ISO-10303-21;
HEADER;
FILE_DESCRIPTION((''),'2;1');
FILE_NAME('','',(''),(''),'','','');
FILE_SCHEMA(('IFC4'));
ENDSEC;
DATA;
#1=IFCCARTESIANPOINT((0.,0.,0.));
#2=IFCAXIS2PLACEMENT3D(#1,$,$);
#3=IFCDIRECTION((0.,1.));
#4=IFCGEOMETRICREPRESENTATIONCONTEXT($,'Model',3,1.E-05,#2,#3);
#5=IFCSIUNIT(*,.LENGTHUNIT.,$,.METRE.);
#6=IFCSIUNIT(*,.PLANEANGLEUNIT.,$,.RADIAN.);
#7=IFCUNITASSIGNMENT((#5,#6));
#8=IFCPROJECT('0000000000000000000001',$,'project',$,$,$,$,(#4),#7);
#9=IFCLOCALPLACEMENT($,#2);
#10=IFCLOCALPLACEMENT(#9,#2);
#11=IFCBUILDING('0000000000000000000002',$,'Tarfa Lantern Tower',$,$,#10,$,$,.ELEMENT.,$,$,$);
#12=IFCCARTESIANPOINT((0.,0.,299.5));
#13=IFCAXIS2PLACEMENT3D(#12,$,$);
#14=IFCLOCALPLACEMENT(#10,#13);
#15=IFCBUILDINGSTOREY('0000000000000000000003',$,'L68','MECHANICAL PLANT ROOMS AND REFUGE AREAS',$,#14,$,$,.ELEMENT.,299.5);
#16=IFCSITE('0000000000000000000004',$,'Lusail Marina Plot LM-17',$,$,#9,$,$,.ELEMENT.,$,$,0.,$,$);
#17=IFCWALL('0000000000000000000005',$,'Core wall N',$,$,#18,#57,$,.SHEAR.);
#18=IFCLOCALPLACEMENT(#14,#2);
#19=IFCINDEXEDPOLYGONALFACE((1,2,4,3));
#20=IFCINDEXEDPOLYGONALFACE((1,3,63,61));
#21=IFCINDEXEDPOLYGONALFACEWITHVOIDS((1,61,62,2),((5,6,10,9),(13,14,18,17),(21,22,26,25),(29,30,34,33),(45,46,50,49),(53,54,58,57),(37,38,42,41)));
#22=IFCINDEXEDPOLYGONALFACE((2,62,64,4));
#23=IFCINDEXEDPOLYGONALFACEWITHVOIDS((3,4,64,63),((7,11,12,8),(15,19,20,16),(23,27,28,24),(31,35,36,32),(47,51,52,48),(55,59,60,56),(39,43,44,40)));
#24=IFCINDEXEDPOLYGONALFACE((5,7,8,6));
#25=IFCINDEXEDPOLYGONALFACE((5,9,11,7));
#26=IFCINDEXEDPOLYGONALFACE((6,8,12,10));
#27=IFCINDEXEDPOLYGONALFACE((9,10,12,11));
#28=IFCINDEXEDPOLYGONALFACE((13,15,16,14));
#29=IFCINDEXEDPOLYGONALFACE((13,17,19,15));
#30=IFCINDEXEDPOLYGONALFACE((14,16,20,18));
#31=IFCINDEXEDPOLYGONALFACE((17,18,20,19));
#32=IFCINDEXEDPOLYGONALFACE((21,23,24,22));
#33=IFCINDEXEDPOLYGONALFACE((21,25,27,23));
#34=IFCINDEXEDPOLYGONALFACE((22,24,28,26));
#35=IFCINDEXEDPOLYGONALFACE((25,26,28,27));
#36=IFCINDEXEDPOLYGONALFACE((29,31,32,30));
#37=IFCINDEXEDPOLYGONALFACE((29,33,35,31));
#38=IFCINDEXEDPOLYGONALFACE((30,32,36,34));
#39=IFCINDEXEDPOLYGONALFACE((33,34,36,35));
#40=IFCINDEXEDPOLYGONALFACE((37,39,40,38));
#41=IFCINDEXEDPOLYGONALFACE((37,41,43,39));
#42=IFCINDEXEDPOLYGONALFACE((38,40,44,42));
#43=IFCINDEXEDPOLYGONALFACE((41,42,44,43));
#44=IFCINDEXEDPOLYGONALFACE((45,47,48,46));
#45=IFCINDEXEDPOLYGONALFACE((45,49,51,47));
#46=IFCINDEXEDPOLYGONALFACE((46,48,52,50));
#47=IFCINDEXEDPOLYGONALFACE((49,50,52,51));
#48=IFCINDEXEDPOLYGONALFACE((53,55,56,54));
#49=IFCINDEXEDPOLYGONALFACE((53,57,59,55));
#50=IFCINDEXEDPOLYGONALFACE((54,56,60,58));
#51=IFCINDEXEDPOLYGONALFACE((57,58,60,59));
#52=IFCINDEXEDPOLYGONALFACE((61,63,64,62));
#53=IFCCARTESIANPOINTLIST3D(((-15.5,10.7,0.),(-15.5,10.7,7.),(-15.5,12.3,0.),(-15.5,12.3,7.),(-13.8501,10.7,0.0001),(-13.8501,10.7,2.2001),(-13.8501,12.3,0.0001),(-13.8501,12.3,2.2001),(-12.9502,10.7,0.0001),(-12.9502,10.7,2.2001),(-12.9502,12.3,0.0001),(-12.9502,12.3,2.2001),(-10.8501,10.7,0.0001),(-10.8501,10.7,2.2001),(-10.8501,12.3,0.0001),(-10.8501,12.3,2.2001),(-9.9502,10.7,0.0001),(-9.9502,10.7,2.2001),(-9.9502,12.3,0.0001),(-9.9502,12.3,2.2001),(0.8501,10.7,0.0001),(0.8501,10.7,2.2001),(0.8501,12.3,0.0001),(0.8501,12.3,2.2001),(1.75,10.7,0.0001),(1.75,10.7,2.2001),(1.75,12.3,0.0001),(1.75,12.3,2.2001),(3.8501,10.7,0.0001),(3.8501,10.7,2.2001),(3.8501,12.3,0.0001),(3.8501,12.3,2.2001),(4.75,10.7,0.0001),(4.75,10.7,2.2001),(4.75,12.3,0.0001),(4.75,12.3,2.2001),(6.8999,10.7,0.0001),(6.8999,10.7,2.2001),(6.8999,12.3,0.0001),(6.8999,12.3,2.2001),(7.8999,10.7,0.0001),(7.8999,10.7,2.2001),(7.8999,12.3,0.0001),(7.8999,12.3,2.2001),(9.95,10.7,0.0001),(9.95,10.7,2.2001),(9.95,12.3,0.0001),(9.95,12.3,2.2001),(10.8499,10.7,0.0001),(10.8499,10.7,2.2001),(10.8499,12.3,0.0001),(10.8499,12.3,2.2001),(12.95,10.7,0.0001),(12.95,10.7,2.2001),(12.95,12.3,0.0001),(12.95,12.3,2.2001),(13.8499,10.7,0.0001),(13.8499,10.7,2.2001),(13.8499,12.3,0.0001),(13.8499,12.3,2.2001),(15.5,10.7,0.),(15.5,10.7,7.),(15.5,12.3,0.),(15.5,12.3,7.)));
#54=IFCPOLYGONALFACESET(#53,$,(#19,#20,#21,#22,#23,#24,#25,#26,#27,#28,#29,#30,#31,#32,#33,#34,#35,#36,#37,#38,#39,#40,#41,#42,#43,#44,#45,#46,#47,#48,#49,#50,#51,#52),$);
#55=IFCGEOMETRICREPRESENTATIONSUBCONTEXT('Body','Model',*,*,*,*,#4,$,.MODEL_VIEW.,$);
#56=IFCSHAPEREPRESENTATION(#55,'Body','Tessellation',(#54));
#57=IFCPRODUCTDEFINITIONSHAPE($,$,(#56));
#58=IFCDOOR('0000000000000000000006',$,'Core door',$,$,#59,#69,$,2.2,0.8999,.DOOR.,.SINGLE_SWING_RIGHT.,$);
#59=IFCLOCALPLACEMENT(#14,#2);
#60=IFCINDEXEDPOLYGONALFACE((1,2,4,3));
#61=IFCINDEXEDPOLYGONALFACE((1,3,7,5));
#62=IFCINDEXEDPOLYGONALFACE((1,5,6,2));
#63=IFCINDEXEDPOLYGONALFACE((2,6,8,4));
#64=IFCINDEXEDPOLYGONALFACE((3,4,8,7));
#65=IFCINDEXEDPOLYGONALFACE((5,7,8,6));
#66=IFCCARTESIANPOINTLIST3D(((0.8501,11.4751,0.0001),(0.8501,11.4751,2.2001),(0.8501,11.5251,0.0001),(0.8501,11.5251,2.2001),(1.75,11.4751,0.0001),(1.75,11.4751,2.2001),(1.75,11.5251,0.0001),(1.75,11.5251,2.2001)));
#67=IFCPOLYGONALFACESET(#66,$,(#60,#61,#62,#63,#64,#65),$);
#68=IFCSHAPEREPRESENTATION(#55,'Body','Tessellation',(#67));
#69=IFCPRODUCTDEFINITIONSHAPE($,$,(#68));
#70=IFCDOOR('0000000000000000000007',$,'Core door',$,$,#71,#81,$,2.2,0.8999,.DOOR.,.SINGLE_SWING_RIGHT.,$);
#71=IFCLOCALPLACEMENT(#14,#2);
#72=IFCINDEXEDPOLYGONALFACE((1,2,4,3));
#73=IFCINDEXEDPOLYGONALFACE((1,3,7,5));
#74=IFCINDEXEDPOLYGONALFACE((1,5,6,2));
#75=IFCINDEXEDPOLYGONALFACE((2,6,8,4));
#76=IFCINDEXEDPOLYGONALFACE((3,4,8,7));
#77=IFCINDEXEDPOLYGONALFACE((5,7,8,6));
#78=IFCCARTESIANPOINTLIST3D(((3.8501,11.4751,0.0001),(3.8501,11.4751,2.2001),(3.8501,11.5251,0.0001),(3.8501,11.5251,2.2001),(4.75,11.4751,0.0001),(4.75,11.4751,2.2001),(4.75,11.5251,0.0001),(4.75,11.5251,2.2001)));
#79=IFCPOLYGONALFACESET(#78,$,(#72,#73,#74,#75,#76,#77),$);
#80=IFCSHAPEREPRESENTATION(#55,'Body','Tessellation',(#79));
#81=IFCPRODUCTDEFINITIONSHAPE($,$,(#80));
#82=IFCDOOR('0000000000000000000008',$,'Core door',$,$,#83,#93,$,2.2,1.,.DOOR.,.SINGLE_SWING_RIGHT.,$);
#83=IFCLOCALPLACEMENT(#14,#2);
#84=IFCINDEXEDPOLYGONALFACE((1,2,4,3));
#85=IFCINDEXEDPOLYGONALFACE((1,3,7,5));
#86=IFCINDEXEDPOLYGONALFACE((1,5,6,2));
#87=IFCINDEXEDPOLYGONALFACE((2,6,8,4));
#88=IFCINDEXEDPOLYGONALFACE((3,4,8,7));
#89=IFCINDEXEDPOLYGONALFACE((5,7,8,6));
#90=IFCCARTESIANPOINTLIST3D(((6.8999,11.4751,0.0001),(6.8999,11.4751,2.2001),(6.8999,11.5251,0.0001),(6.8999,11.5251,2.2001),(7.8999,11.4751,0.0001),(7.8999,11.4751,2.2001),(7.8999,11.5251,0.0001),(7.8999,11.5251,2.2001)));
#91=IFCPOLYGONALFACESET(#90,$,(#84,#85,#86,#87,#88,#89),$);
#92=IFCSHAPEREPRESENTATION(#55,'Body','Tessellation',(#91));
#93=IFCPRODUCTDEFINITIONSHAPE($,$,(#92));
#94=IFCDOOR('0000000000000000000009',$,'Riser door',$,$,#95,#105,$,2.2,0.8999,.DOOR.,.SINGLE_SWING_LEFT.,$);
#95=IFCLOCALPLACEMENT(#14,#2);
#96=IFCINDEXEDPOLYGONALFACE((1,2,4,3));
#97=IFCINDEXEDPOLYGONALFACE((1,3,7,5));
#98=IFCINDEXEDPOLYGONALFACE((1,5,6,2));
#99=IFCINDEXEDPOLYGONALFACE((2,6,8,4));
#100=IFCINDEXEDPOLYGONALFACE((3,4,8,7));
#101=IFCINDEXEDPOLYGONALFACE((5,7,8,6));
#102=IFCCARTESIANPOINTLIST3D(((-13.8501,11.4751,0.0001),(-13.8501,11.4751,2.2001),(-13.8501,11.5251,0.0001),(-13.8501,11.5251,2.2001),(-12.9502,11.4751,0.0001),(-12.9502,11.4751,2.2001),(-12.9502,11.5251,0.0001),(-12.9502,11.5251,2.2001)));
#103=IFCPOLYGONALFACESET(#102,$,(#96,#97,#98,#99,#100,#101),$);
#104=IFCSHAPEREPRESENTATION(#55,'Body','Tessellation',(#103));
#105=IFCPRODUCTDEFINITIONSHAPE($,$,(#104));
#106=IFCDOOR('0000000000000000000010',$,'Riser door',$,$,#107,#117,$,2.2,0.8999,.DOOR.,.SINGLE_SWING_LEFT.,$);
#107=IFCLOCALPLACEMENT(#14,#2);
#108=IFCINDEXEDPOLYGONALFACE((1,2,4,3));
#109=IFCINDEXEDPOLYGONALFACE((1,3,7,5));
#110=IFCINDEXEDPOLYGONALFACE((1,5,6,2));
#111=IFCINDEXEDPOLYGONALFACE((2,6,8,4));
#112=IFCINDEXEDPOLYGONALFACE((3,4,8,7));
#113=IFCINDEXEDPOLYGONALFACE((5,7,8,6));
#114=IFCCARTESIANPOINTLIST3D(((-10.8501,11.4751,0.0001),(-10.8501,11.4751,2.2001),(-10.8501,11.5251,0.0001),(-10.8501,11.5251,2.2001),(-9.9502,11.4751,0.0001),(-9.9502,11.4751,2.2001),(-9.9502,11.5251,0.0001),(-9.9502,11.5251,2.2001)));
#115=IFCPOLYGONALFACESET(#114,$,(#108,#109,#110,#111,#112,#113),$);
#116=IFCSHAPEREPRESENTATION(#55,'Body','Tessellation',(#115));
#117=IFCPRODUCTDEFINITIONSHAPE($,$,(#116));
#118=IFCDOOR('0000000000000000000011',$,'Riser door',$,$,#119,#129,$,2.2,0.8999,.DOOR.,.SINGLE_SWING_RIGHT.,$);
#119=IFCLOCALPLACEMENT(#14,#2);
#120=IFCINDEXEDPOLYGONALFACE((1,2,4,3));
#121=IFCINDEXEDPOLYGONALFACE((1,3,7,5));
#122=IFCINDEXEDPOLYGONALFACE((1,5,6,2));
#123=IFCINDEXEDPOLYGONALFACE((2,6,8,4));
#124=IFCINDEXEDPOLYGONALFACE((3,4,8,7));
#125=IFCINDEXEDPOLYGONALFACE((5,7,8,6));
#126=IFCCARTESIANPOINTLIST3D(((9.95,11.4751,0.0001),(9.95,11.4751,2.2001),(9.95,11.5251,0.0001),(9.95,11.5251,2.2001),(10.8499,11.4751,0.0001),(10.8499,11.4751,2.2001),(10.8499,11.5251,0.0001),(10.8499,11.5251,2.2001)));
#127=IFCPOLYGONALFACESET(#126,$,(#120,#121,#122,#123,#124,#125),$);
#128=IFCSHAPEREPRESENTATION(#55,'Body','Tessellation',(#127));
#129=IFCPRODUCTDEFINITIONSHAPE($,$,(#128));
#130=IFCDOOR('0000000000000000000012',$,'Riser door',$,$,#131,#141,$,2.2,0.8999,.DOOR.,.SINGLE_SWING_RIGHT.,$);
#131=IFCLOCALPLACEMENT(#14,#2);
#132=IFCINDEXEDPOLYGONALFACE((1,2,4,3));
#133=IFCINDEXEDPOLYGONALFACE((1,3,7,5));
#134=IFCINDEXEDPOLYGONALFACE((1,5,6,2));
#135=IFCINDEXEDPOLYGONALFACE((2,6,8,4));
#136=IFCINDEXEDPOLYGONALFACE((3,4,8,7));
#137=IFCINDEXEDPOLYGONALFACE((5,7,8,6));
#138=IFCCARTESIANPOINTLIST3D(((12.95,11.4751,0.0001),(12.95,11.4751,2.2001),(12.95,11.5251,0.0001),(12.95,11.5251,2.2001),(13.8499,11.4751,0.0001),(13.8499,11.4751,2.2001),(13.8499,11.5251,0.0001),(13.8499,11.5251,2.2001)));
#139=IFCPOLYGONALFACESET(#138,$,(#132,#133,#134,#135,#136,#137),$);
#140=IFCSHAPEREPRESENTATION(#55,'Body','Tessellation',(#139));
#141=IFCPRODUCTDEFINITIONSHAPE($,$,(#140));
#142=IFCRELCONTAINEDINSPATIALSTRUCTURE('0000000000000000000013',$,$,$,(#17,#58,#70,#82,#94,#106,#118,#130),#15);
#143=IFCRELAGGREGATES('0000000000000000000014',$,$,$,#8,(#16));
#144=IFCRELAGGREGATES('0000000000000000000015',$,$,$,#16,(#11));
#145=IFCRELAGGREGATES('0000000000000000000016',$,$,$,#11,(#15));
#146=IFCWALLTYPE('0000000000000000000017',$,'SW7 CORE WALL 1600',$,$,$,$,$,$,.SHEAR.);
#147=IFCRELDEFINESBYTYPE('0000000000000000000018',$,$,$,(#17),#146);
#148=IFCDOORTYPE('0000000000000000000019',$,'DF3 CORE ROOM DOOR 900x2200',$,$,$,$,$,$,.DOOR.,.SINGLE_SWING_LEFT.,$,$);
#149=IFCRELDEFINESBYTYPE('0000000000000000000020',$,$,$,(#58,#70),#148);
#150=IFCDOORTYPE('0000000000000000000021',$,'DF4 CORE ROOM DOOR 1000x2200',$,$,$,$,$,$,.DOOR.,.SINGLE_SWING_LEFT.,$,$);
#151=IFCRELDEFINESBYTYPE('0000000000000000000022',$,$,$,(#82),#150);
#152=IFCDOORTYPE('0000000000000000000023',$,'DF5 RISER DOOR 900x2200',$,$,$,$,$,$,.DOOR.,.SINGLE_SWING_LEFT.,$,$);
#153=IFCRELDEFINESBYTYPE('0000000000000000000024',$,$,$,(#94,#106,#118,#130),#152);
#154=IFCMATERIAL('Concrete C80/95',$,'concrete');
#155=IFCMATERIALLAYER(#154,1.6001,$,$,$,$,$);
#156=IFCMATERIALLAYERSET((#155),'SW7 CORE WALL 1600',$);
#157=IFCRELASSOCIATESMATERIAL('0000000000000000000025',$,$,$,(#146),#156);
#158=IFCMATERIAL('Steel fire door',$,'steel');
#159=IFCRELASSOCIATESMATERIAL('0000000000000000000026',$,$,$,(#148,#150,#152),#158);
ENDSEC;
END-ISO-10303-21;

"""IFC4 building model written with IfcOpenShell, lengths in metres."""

from ifc_helpers import new_model, si_unit, direction, frame, frame_2d, origin, place, context, subcontext, project, spatial, rectangle, extrude, material, layer, layer_set, type_object, element, fill, save


model = new_model("IFC4")

# Units and contexts
model_context = context("Model", 3, precision=1e-05, world=origin(), true_north=direction((0.0, 1.0)))
body_context = subcontext(model_context, "Body", "Model", "MODEL_VIEW")
ifc_project = project(units=[si_unit("LENGTHUNIT", "METRE"), si_unit("PLANEANGLEUNIT", "RADIAN")], contexts=[model_context])

# Site, building, storey
site_placement = place(None, origin())
site = spatial("IfcSite", under=ifc_project, at=site_placement, Name="Lusail Marina Plot LM-17", CompositionType="ELEMENT", RefElevation=0.0)
building_placement = place(site_placement, origin())
building = spatial("IfcBuilding", under=site, at=building_placement, Name="Tarfa Lantern Tower", CompositionType="ELEMENT")
storey_placement = place(building_placement, frame((0.0, 0.0, 299.5)))
storey = spatial("IfcBuildingStorey", under=building, at=storey_placement, Name="L68", Description="MECHANICAL PLANT ROOMS AND REFUGE AREAS", CompositionType="ELEMENT", Elevation=299.5)

# Shared definitions
ifc_material_1 = material(Name="Concrete C80/95", Category="concrete")

# Wall, openings, doors
ifc_layer_1 = layer(ifc_material_1, 1.6001)
ifc_layer_set_1 = layer_set([ifc_layer_1], Name="SW7 CORE WALL 1600")
wall_type_1 = type_object("IfcWallType", Name="SW7 CORE WALL 1600", PredefinedType="SHEAR", material=ifc_layer_set_1)
wall_1_placement = place(storey_placement, frame((-15.5, 11.5, 0.0), z_axis=(0.0, 0.0, 1.0), x_axis=(1.0, 0.0, 0.0)))
wall_1 = element("IfcWall", 1, at=wall_1_placement, inside=storey, type_object=wall_type_1, Name="Core wall N", PredefinedType="SHEAR", context=body_context, shape_type="SweptSolid", body=[
    extrude(rectangle(XDim=31.0, YDim=1.6001, at=frame_2d((15.5, 0.0))), origin(), (0.0, 0.0, 1.0), 7.0),
])
opening_1_placement = place(wall_1_placement, frame((16.3501, 0.0, 0.0)))
opening_1 = element("IfcOpeningElement", 2, at=opening_1_placement, cuts=wall_1, PredefinedType="OPENING", context=body_context, shape_type="SweptSolid", body=[
    extrude(rectangle(XDim=0.8999, YDim=2.2, at=frame_2d((0.45, 1.1001))), frame((0.0, 0.8101, 0.0), z_axis=(0.0, -1.0, 0.0), x_axis=(1.0, 0.0, 0.0)), (0.0, 0.0, 1.0), 1.6201),
])
opening_2_placement = place(wall_1_placement, frame((19.3501, 0.0, 0.0)))
opening_2 = element("IfcOpeningElement", 3, at=opening_2_placement, cuts=wall_1, PredefinedType="OPENING", context=body_context, shape_type="SweptSolid", body=[
    extrude(rectangle(XDim=0.8999, YDim=2.2, at=frame_2d((0.45, 1.1001))), frame((0.0, 0.8101, 0.0), z_axis=(0.0, -1.0, 0.0), x_axis=(1.0, 0.0, 0.0)), (0.0, 0.0, 1.0), 1.6201),
])
opening_3_placement = place(wall_1_placement, frame((22.3999, 0.0, 0.0)))
opening_3 = element("IfcOpeningElement", 4, at=opening_3_placement, cuts=wall_1, PredefinedType="OPENING", context=body_context, shape_type="SweptSolid", body=[
    extrude(rectangle(XDim=1.0, YDim=2.2, at=frame_2d((0.5, 1.1001))), frame((0.0, 0.8101, 0.0), z_axis=(0.0, -1.0, 0.0), x_axis=(1.0, 0.0, 0.0)), (0.0, 0.0, 1.0), 1.6201),
])
opening_4_placement = place(wall_1_placement, frame((1.6499, 0.0, 0.0)))
opening_4 = element("IfcOpeningElement", 5, at=opening_4_placement, cuts=wall_1, PredefinedType="OPENING", context=body_context, shape_type="SweptSolid", body=[
    extrude(rectangle(XDim=0.8999, YDim=2.2, at=frame_2d((0.45, 1.1001))), frame((0.0, 0.8101, 0.0), z_axis=(0.0, -1.0, 0.0), x_axis=(1.0, 0.0, 0.0)), (0.0, 0.0, 1.0), 1.6201),
])
opening_5_placement = place(wall_1_placement, frame((4.6499, 0.0, 0.0)))
opening_5 = element("IfcOpeningElement", 6, at=opening_5_placement, cuts=wall_1, PredefinedType="OPENING", context=body_context, shape_type="SweptSolid", body=[
    extrude(rectangle(XDim=0.8999, YDim=2.2, at=frame_2d((0.45, 1.1001))), frame((0.0, 0.8101, 0.0), z_axis=(0.0, -1.0, 0.0), x_axis=(1.0, 0.0, 0.0)), (0.0, 0.0, 1.0), 1.6201),
])
opening_6_placement = place(wall_1_placement, frame((25.45, 0.0, 0.0)))
opening_6 = element("IfcOpeningElement", 7, at=opening_6_placement, cuts=wall_1, PredefinedType="OPENING", context=body_context, shape_type="SweptSolid", body=[
    extrude(rectangle(XDim=0.8999, YDim=2.2, at=frame_2d((0.45, 1.1001))), frame((0.0, 0.8101, 0.0), z_axis=(0.0, -1.0, 0.0), x_axis=(1.0, 0.0, 0.0)), (0.0, 0.0, 1.0), 1.6201),
])
opening_7_placement = place(wall_1_placement, frame((28.45, 0.0, 0.0)))
opening_7 = element("IfcOpeningElement", 8, at=opening_7_placement, cuts=wall_1, PredefinedType="OPENING", context=body_context, shape_type="SweptSolid", body=[
    extrude(rectangle(XDim=0.8999, YDim=2.2, at=frame_2d((0.45, 1.1001))), frame((0.0, 0.8101, 0.0), z_axis=(0.0, -1.0, 0.0), x_axis=(1.0, 0.0, 0.0)), (0.0, 0.0, 1.0), 1.6201),
])
ifc_material_2 = material(Name="Steel fire door", Category="steel")
door_type_1 = type_object("IfcDoorType", Name="DF3 CORE ROOM DOOR 900x2200", OperationType="SINGLE_SWING_LEFT", PredefinedType="DOOR", material=ifc_material_2)
door_1_placement = place(opening_1_placement, frame((0.8999, 0.0, 0.0), z_axis=(0.0, 0.0, 1.0), x_axis=(-1.0, 0.0, 0.0)))
door_1 = element("IfcDoor", 9, at=door_1_placement, inside=storey, type_object=door_type_1, Name="Core door", OperationType="SINGLE_SWING_RIGHT", OverallHeight=2.2, OverallWidth=0.8999, PredefinedType="DOOR", context=body_context, shape_type="SweptSolid", body=[
    extrude(rectangle(XDim=0.8999, YDim=2.2, at=frame_2d((0.45, 1.1001))), frame((0.0, 0.0249, 0.0), z_axis=(0.0, -1.0, 0.0), x_axis=(1.0, 0.0, 0.0)), (0.0, 0.0, 1.0), 0.05),
])
fill(opening_1, door_1)
door_2_placement = place(opening_2_placement, frame((0.8999, 0.0, 0.0), z_axis=(0.0, 0.0, 1.0), x_axis=(-1.0, 0.0, 0.0)))
door_2 = element("IfcDoor", 10, at=door_2_placement, inside=storey, type_object=door_type_1, Name="Core door", OperationType="SINGLE_SWING_RIGHT", OverallHeight=2.2, OverallWidth=0.8999, PredefinedType="DOOR", context=body_context, shape_type="SweptSolid", body=[
    extrude(rectangle(XDim=0.8999, YDim=2.2, at=frame_2d((0.45, 1.1001))), frame((0.0, 0.0249, 0.0), z_axis=(0.0, -1.0, 0.0), x_axis=(1.0, 0.0, 0.0)), (0.0, 0.0, 1.0), 0.05),
])
fill(opening_2, door_2)
door_type_2 = type_object("IfcDoorType", Name="DF4 CORE ROOM DOOR 1000x2200", OperationType="SINGLE_SWING_LEFT", PredefinedType="DOOR", material=ifc_material_2)
door_3_placement = place(opening_3_placement, frame((1.0, 0.0, 0.0), z_axis=(0.0, 0.0, 1.0), x_axis=(-1.0, 0.0, 0.0)))
door_3 = element("IfcDoor", 11, at=door_3_placement, inside=storey, type_object=door_type_2, Name="Core door", OperationType="SINGLE_SWING_RIGHT", OverallHeight=2.2, OverallWidth=1.0, PredefinedType="DOOR", context=body_context, shape_type="SweptSolid", body=[
    extrude(rectangle(XDim=1.0, YDim=2.2, at=frame_2d((0.5, 1.1001))), frame((0.0, 0.0249, 0.0), z_axis=(0.0, -1.0, 0.0), x_axis=(1.0, 0.0, 0.0)), (0.0, 0.0, 1.0), 0.05),
])
fill(opening_3, door_3)
door_type_3 = type_object("IfcDoorType", Name="DF5 RISER DOOR 900x2200", OperationType="SINGLE_SWING_LEFT", PredefinedType="DOOR", material=ifc_material_2)
door_4_placement = place(opening_4_placement, frame((0.8999, 0.0, 0.0), z_axis=(0.0, 0.0, 1.0), x_axis=(-1.0, 0.0, 0.0)))
door_4 = element("IfcDoor", 12, at=door_4_placement, inside=storey, type_object=door_type_3, Name="Riser door", OperationType="SINGLE_SWING_LEFT", OverallHeight=2.2, OverallWidth=0.8999, PredefinedType="DOOR", context=body_context, shape_type="SweptSolid", body=[
    extrude(rectangle(XDim=0.8999, YDim=2.2, at=frame_2d((0.45, 1.1001))), frame((0.0, 0.0249, 0.0), z_axis=(0.0, -1.0, 0.0), x_axis=(1.0, 0.0, 0.0)), (0.0, 0.0, 1.0), 0.05),
])
fill(opening_4, door_4)
door_5_placement = place(opening_5_placement, frame((0.8999, 0.0, 0.0), z_axis=(0.0, 0.0, 1.0), x_axis=(-1.0, 0.0, 0.0)))
door_5 = element("IfcDoor", 13, at=door_5_placement, inside=storey, type_object=door_type_3, Name="Riser door", OperationType="SINGLE_SWING_LEFT", OverallHeight=2.2, OverallWidth=0.8999, PredefinedType="DOOR", context=body_context, shape_type="SweptSolid", body=[
    extrude(rectangle(XDim=0.8999, YDim=2.2, at=frame_2d((0.45, 1.1001))), frame((0.0, 0.0249, 0.0), z_axis=(0.0, -1.0, 0.0), x_axis=(1.0, 0.0, 0.0)), (0.0, 0.0, 1.0), 0.05),
])
fill(opening_5, door_5)
door_6_placement = place(opening_6_placement, frame((0.8999, 0.0, 0.0), z_axis=(0.0, 0.0, 1.0), x_axis=(-1.0, 0.0, 0.0)))
door_6 = element("IfcDoor", 14, at=door_6_placement, inside=storey, type_object=door_type_3, Name="Riser door", OperationType="SINGLE_SWING_RIGHT", OverallHeight=2.2, OverallWidth=0.8999, PredefinedType="DOOR", context=body_context, shape_type="SweptSolid", body=[
    extrude(rectangle(XDim=0.8999, YDim=2.2, at=frame_2d((0.45, 1.1001))), frame((0.0, 0.0249, 0.0), z_axis=(0.0, -1.0, 0.0), x_axis=(1.0, 0.0, 0.0)), (0.0, 0.0, 1.0), 0.05),
])
fill(opening_6, door_6)
door_7_placement = place(opening_7_placement, frame((0.8999, 0.0, 0.0), z_axis=(0.0, 0.0, 1.0), x_axis=(-1.0, 0.0, 0.0)))
door_7 = element("IfcDoor", 15, at=door_7_placement, inside=storey, type_object=door_type_3, Name="Riser door", OperationType="SINGLE_SWING_RIGHT", OverallHeight=2.2, OverallWidth=0.8999, PredefinedType="DOOR", context=body_context, shape_type="SweptSolid", body=[
    extrude(rectangle(XDim=0.8999, YDim=2.2, at=frame_2d((0.45, 1.1001))), frame((0.0, 0.0249, 0.0), z_axis=(0.0, -1.0, 0.0), x_axis=(1.0, 0.0, 0.0)), (0.0, 0.0, 1.0), 0.05),
])
fill(opening_7, door_7)

save(model, "model.ifc")
